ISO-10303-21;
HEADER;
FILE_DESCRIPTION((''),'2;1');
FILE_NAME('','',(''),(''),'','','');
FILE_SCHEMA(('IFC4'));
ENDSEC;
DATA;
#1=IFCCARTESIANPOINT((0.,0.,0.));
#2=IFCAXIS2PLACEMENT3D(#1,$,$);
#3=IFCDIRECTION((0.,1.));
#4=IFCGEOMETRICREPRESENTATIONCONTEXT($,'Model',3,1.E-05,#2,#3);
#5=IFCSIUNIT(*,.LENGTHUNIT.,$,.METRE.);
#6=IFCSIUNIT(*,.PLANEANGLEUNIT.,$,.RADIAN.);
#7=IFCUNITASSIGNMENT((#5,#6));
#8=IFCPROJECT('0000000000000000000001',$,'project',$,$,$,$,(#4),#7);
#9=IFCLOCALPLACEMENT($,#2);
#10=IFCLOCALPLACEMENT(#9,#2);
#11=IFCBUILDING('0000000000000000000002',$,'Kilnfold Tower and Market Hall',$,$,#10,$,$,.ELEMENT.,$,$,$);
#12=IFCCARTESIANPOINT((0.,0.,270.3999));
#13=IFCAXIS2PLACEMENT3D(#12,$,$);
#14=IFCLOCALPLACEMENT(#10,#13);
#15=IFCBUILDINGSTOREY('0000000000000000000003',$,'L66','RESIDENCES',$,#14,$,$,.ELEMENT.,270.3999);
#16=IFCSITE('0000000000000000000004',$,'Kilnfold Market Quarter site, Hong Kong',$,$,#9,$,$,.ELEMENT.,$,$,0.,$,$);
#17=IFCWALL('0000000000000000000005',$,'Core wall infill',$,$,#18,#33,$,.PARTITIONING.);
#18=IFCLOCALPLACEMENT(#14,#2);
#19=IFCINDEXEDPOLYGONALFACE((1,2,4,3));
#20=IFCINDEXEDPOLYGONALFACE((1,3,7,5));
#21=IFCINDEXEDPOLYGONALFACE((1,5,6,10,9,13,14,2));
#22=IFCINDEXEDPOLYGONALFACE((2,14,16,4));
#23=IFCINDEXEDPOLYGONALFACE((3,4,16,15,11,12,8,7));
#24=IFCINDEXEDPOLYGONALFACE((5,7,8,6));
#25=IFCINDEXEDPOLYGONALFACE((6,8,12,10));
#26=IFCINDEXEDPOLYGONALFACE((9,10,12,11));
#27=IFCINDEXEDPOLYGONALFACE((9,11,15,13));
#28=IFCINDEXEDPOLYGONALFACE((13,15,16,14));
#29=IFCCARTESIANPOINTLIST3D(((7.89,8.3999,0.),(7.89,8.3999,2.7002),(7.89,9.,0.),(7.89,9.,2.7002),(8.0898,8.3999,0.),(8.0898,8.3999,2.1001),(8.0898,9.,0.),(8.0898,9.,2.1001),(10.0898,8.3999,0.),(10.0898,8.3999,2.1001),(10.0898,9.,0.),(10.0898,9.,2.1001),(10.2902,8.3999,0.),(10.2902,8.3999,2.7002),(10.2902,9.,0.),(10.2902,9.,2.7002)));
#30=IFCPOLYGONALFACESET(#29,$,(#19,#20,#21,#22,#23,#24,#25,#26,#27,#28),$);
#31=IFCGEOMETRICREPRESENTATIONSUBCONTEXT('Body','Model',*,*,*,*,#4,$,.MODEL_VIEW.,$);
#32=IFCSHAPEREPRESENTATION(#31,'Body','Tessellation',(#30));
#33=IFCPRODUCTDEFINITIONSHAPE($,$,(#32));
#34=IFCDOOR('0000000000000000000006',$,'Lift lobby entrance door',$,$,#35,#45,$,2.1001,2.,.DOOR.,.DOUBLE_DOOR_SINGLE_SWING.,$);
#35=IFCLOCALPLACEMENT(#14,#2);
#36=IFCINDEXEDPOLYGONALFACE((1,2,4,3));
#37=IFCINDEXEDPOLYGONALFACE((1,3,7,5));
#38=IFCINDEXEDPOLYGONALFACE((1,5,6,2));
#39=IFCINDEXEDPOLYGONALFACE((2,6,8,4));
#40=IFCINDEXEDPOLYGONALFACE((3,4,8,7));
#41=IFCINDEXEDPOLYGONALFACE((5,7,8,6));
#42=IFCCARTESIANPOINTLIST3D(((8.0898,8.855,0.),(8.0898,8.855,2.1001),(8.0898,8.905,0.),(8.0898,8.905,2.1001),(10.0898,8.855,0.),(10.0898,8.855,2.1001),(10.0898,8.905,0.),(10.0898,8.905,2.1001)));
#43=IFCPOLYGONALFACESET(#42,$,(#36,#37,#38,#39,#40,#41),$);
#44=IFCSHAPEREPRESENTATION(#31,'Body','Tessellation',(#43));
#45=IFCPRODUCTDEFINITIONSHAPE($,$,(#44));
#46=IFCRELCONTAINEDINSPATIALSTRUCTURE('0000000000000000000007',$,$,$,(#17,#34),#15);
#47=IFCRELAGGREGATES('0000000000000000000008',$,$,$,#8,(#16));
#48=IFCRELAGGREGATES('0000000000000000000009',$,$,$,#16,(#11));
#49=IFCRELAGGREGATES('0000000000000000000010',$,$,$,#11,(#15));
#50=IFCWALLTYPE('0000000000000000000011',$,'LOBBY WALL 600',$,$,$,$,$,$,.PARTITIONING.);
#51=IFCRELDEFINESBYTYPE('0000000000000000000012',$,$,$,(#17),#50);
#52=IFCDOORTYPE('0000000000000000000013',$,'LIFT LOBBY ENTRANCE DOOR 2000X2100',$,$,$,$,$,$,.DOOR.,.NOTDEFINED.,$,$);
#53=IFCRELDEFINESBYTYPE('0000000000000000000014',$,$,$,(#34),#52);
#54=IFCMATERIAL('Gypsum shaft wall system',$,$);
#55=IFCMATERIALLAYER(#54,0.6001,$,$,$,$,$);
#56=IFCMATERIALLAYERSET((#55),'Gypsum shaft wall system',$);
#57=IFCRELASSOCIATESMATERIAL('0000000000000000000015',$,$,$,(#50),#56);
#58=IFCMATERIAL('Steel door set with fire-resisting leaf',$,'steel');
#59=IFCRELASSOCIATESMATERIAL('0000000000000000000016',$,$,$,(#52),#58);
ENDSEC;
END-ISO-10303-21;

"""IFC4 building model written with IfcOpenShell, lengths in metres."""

from ifc_helpers import new_model, si_unit, direction, frame, frame_2d, origin, place, context, subcontext, project, spatial, rectangle, extrude, source, transform, mapped, material, layer, layer_set, type_object, element, fill, save


model = new_model("IFC4")

# Units and contexts
model_context = context("Model", 3, precision=1e-05, world=origin(), true_north=direction((0.0, 1.0)))
body_context = subcontext(model_context, "Body", "Model", "MODEL_VIEW")
ifc_project = project(units=[si_unit("LENGTHUNIT", "METRE"), si_unit("PLANEANGLEUNIT", "RADIAN")], contexts=[model_context])

# Site, building, storey
site_placement = place(None, origin())
site = spatial("IfcSite", under=ifc_project, at=site_placement, Name="Kilnfold Market Quarter site, Hong Kong", CompositionType="ELEMENT", RefElevation=0.0)
building_placement = place(site_placement, origin())
building = spatial("IfcBuilding", under=site, at=building_placement, Name="Kilnfold Tower and Market Hall", CompositionType="ELEMENT")
storey_placement = place(building_placement, frame((0.0, 0.0, 270.3999)))
storey = spatial("IfcBuildingStorey", under=building, at=storey_placement, Name="L66", Description="RESIDENCES", CompositionType="ELEMENT", Elevation=270.3999)

# Wall, opening, door
ifc_material_1 = material(Name="Gypsum shaft wall system")
ifc_layer_1 = layer(ifc_material_1, 0.6001)
ifc_layer_set_1 = layer_set([ifc_layer_1], Name="Gypsum shaft wall system")
wall_type_1 = type_object("IfcWallType", Name="LOBBY WALL 600", PredefinedType="PARTITIONING", material=ifc_layer_set_1)
shared_shape_1 = source(origin(), body_context, "Body", "SweptSolid", [
    extrude(rectangle(XDim=2.4001, YDim=0.6001, at=frame_2d((1.2002, 0.0))), origin(), (0.0, 0.0, 1.0), 2.7002),
])
wall_1_placement = place(storey_placement, frame((7.8899, 8.7, 0.0), z_axis=(0.0, 0.0, 1.0), x_axis=(1.0, 0.0, 0.0)))
wall_1 = element("IfcWall", 1, at=wall_1_placement, inside=storey, type_object=wall_type_1, Name="Core wall infill", PredefinedType="PARTITIONING", context=body_context, shape_type="MappedRepresentation", body=[
    mapped(shared_shape_1, transform((0.0, 0.0, 0.0))),
])
opening_1_placement = place(wall_1_placement, frame((0.2, 0.0, 0.0)))
opening_1 = element("IfcOpeningElement", 2, at=opening_1_placement, cuts=wall_1, PredefinedType="OPENING", context=body_context, shape_type="SweptSolid", body=[
    extrude(rectangle(XDim=2.0, YDim=2.1001, at=frame_2d((1.0, 1.05))), frame((0.0, 0.3101, 0.0), z_axis=(0.0, -1.0, 0.0), x_axis=(1.0, 0.0, 0.0)), (0.0, 0.0, 1.0), 0.6201),
])
ifc_material_2 = material(Name="Steel door set with fire-resisting leaf", Category="steel")
door_type_1 = type_object("IfcDoorType", Name="LIFT LOBBY ENTRANCE DOOR 2000X2100", OperationType="NOTDEFINED", PredefinedType="DOOR", material=ifc_material_2)
door_1_placement = place(opening_1_placement, origin())
door_1 = element("IfcDoor", 3, at=door_1_placement, inside=storey, type_object=door_type_1, Name="Lift lobby entrance door", OperationType="DOUBLE_DOOR_SINGLE_SWING", OverallHeight=2.1001, OverallWidth=2.0, PredefinedType="DOOR", context=body_context, shape_type="SweptSolid", body=[
    extrude(rectangle(XDim=2.0, YDim=2.1001, at=frame_2d((1.0, 1.05))), frame((0.0, 0.2051, 0.0), z_axis=(0.0, -1.0, 0.0), x_axis=(1.0, 0.0, 0.0)), (0.0, 0.0, 1.0), 0.05),
])
fill(opening_1, door_1)

save(model, "model.ifc")
